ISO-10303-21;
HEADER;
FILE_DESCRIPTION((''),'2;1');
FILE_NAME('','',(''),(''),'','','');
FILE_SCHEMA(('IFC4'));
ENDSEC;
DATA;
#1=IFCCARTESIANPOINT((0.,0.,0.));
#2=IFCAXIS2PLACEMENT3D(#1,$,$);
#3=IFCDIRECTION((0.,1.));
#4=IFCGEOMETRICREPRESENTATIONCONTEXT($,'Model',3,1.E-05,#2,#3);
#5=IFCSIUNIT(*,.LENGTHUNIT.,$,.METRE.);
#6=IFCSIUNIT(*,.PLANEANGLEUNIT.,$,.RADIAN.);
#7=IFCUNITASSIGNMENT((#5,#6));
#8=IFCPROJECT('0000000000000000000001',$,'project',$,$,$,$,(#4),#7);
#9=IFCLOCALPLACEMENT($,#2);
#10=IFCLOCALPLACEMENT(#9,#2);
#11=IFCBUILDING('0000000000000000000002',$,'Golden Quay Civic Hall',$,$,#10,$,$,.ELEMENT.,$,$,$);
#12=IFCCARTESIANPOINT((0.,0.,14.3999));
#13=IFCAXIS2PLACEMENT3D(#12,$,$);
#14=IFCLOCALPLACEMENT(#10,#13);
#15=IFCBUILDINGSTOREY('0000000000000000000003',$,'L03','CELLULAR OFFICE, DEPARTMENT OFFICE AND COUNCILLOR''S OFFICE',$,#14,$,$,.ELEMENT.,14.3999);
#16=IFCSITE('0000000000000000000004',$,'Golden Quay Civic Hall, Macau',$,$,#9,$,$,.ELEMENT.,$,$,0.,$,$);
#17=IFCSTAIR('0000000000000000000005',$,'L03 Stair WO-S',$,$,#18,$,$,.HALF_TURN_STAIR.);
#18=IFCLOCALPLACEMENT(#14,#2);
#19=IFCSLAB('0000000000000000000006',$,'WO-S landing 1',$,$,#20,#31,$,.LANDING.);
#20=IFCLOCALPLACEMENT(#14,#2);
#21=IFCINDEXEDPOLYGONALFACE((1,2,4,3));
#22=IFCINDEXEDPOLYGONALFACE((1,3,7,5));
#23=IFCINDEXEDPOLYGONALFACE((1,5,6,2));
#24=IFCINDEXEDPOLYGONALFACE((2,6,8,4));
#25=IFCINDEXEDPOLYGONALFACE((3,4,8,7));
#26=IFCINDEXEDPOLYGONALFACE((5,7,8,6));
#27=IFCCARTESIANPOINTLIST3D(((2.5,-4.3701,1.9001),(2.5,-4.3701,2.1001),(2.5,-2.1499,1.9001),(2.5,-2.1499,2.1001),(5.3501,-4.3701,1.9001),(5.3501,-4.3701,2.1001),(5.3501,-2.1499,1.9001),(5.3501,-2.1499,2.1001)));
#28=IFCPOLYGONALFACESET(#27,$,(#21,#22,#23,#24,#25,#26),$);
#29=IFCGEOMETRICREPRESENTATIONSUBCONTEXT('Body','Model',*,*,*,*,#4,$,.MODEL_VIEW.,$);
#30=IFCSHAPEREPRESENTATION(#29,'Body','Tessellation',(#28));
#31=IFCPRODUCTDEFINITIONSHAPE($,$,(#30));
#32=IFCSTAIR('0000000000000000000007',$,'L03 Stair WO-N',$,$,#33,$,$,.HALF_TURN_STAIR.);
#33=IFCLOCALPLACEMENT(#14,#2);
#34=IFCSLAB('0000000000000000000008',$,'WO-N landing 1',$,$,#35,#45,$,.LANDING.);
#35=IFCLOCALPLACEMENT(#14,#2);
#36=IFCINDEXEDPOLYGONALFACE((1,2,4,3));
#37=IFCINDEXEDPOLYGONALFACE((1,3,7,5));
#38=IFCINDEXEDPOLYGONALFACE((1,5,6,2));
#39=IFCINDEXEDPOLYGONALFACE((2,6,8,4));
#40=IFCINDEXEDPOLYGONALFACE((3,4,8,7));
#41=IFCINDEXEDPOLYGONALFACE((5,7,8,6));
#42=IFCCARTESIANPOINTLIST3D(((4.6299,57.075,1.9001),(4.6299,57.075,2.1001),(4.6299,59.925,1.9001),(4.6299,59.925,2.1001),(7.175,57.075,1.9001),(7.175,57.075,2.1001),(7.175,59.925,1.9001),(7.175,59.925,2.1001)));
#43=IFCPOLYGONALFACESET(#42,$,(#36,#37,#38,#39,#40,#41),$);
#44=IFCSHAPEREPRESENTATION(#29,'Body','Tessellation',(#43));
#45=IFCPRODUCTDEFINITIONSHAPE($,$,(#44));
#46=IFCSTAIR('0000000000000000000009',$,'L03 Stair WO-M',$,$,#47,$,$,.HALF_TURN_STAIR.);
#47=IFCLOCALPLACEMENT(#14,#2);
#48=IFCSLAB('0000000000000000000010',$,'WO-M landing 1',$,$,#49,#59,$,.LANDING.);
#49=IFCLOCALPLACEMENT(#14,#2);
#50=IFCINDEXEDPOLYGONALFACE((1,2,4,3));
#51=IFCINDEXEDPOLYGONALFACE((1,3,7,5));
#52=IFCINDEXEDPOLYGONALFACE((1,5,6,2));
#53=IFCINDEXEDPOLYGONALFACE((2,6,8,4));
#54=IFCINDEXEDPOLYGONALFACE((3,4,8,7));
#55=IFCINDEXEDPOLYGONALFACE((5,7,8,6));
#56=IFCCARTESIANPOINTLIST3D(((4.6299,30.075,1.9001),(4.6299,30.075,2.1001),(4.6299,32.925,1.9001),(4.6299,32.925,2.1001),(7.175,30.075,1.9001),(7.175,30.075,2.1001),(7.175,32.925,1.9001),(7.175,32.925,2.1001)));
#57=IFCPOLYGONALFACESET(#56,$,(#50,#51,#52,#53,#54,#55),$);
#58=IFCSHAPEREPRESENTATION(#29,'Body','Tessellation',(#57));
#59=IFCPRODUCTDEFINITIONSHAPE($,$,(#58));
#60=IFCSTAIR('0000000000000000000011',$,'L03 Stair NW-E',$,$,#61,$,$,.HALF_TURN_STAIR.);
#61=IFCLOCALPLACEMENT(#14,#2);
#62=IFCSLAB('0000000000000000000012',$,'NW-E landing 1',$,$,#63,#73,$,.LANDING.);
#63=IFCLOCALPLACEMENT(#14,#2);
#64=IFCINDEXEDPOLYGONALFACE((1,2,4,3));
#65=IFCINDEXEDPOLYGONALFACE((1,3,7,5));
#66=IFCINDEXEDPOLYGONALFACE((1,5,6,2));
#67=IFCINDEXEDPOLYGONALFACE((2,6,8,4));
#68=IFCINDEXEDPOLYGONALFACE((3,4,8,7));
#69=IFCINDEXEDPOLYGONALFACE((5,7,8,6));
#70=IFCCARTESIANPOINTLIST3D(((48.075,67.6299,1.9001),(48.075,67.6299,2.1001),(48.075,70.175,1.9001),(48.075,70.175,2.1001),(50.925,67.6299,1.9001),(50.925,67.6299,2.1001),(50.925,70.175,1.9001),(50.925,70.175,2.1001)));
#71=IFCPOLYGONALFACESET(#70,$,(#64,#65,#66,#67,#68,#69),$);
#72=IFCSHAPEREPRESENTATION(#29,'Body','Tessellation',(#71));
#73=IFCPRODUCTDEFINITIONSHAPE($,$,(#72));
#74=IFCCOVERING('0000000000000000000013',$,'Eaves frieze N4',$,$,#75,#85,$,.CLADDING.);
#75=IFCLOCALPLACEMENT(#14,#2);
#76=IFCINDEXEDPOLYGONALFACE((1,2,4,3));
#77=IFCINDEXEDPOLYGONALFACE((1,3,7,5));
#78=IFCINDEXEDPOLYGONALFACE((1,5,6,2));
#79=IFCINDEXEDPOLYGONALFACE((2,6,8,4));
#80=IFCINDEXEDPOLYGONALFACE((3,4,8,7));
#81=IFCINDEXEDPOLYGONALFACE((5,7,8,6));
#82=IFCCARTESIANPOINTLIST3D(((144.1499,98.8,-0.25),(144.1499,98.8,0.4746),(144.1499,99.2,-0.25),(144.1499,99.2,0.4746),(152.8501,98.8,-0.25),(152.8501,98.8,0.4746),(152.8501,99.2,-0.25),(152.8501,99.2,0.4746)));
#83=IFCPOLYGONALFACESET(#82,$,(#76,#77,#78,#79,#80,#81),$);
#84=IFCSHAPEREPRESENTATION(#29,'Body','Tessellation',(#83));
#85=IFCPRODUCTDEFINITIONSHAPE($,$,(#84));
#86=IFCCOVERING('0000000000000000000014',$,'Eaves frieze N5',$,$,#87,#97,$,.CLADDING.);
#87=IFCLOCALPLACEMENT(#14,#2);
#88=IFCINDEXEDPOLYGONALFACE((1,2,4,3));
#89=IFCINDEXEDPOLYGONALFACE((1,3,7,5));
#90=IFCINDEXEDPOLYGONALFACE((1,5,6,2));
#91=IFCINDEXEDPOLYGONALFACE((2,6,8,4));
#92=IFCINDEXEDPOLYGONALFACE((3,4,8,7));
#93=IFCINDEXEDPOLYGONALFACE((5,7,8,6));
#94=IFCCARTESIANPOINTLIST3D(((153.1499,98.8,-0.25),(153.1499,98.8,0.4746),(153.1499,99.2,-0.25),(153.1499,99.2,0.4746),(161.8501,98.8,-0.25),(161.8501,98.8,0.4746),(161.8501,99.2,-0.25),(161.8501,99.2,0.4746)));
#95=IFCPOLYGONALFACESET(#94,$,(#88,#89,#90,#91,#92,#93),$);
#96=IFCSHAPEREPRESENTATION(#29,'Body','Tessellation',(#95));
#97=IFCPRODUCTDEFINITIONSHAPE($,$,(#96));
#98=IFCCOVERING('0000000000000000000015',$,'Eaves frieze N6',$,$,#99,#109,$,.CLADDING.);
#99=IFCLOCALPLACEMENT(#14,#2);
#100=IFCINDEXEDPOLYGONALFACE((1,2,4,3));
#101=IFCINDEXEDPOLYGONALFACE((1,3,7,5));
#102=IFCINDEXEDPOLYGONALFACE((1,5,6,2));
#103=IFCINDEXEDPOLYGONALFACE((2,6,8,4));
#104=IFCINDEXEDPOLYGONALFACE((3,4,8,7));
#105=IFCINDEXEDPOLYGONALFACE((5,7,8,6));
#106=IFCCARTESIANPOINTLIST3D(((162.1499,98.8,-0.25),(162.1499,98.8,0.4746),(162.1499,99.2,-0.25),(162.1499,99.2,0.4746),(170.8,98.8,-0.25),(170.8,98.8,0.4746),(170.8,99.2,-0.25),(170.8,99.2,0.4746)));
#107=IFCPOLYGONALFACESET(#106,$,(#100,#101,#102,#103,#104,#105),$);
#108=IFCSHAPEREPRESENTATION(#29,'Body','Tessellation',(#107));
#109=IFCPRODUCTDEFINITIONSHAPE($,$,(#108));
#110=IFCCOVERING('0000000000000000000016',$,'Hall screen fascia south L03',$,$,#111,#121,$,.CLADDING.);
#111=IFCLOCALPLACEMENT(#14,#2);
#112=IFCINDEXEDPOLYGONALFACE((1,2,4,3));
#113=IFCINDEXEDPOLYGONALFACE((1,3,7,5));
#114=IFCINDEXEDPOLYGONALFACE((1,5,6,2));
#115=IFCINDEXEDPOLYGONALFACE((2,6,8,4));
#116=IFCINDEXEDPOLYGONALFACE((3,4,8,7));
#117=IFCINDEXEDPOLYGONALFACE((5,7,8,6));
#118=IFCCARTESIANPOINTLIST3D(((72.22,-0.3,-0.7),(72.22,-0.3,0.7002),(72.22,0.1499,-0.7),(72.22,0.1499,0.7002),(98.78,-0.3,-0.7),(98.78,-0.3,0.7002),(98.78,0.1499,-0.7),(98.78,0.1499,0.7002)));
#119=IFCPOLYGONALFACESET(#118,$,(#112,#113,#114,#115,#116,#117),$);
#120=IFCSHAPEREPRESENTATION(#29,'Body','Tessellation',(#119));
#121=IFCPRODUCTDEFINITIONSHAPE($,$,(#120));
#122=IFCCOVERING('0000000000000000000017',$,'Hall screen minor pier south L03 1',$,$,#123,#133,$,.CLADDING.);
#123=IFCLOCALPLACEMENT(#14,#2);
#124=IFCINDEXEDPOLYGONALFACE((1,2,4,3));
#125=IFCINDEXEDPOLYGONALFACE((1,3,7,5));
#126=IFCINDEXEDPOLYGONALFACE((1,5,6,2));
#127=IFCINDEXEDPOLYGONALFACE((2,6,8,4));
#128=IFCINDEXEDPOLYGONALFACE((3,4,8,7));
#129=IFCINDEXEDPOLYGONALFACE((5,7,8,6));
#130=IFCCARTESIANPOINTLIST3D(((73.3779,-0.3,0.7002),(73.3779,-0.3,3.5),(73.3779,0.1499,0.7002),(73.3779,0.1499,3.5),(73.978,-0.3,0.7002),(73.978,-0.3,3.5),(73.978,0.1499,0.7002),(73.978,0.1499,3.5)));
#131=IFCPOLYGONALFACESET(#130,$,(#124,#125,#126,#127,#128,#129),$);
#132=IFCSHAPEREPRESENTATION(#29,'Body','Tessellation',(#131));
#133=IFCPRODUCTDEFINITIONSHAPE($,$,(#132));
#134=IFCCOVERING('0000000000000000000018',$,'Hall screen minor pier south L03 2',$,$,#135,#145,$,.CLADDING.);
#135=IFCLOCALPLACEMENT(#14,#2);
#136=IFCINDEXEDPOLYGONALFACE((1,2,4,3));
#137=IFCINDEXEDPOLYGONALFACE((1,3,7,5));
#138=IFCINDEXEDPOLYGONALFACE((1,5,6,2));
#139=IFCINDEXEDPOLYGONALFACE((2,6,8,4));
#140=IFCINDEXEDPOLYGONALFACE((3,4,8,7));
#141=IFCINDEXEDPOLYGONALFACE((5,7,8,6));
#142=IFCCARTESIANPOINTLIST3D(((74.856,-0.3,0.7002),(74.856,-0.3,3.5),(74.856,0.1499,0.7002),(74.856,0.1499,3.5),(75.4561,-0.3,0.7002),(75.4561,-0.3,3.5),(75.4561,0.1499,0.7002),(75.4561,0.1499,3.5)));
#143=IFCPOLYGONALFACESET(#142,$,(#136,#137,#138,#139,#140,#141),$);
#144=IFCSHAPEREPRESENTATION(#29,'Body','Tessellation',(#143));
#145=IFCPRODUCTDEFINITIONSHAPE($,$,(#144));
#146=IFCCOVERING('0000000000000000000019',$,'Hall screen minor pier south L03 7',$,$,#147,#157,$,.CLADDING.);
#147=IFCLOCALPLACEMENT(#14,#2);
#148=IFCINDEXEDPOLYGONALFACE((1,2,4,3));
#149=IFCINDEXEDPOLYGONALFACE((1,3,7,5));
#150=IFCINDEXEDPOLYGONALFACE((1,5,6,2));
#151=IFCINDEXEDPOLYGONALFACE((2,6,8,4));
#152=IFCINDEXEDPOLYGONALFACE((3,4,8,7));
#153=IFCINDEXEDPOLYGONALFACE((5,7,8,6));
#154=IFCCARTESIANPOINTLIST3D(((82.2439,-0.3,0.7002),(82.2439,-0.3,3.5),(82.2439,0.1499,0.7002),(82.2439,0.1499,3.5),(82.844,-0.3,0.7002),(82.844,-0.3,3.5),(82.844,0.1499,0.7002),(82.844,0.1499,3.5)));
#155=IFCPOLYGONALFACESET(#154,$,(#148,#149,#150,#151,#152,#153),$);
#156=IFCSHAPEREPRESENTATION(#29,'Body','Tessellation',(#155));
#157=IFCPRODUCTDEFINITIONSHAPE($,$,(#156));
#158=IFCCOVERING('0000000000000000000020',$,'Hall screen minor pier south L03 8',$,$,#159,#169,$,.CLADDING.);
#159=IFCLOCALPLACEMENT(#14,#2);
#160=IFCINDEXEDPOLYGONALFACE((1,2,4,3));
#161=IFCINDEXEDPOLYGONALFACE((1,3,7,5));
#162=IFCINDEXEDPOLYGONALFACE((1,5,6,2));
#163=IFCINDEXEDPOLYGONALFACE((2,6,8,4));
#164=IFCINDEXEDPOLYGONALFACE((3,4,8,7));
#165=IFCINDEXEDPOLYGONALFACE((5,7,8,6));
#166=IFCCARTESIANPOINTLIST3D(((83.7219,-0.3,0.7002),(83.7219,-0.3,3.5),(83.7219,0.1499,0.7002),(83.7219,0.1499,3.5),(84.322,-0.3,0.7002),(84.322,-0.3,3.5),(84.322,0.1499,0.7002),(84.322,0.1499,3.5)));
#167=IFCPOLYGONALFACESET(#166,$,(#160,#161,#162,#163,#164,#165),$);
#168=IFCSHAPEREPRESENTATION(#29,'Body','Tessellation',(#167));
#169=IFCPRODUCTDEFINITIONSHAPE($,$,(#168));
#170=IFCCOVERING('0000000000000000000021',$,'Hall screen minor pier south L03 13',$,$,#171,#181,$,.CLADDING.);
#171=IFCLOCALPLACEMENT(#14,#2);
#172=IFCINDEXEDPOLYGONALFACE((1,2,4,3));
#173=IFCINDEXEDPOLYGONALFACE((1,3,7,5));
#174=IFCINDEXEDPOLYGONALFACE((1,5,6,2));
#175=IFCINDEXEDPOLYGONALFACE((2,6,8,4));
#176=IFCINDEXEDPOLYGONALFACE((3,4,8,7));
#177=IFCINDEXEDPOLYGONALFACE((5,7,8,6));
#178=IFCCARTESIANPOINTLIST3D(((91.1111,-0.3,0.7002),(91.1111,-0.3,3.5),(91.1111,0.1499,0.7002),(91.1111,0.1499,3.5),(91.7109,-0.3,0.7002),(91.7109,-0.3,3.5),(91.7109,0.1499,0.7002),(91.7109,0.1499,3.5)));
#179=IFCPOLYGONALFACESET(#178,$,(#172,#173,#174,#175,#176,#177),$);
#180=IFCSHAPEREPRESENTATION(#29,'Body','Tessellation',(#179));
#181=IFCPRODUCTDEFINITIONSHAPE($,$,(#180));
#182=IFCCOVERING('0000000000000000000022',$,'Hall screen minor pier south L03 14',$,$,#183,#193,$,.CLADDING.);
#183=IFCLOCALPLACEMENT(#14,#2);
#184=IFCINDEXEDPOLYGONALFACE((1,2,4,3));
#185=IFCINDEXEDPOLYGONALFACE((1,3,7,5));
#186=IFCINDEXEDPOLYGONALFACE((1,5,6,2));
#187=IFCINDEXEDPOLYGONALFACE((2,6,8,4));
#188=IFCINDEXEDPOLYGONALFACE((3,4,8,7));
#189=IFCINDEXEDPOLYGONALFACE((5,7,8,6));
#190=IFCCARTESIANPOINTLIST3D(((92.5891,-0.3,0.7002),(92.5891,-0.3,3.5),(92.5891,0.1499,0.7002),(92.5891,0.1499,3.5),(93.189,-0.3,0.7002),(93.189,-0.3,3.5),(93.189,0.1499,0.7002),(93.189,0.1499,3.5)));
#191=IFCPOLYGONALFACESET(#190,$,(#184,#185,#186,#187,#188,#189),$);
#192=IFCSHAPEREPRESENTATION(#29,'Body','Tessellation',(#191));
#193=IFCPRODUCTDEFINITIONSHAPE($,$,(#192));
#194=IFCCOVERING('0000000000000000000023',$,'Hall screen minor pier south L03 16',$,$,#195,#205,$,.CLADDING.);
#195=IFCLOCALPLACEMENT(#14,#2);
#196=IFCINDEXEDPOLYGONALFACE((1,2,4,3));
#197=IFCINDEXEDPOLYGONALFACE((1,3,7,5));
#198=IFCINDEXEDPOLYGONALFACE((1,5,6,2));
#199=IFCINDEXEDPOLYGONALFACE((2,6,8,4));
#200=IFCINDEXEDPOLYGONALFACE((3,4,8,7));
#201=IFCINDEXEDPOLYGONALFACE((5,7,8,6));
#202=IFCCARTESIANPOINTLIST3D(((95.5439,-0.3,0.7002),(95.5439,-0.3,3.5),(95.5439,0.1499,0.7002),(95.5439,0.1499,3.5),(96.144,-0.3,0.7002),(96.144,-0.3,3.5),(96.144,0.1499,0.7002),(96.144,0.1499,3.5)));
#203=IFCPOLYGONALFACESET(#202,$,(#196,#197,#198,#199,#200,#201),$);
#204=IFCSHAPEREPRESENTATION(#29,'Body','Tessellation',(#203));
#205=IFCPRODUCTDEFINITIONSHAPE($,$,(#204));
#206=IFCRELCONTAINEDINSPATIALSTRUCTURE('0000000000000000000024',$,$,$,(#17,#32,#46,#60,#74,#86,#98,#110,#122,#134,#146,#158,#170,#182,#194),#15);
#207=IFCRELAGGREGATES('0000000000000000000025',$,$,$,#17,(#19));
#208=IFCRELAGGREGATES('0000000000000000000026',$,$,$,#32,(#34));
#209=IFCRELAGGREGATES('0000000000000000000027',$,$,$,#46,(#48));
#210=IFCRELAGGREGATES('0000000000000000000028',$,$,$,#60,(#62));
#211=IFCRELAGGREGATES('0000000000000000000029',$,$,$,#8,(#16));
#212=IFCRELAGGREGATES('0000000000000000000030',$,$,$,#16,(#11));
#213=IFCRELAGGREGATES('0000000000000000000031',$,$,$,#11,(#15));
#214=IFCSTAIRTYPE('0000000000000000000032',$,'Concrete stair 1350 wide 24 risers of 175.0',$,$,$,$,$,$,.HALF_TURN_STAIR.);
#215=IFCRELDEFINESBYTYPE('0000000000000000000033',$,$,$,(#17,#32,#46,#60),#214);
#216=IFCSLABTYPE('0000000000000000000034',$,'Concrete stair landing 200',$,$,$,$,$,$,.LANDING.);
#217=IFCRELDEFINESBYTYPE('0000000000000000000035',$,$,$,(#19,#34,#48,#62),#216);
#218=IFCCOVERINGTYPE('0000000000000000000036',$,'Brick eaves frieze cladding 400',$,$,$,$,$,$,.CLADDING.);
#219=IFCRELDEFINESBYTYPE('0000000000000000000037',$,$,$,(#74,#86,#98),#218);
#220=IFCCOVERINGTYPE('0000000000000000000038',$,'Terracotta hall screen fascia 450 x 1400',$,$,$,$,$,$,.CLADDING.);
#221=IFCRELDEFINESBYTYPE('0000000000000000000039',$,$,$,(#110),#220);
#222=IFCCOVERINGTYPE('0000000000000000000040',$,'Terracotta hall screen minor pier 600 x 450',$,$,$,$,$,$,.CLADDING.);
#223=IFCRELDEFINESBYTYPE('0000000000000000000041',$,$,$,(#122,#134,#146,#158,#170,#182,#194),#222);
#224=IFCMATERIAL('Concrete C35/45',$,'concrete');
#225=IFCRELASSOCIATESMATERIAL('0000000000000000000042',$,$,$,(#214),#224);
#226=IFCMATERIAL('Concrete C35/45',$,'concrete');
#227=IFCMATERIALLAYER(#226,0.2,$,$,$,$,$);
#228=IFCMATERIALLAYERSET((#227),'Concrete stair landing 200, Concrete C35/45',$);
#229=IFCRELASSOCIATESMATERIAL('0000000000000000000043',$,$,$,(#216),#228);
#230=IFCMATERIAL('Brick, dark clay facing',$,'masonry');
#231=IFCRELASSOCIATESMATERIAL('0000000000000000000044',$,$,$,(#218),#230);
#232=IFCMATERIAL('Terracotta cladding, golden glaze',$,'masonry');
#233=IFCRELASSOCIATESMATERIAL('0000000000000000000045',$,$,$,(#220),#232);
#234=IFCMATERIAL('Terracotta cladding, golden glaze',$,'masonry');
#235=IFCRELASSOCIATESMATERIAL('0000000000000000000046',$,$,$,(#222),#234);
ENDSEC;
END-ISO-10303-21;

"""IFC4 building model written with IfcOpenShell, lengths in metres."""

from ifc_helpers import new_model, si_unit, direction, frame, origin, place, context, subcontext, project, spatial, polyline, outline, extrude, material, layer, layer_set, type_object, element, aggregate, save


model = new_model("IFC4")

# Units and contexts
model_context = context("Model", 3, precision=1e-05, world=origin(), true_north=direction((0.0, 1.0)))
body_context = subcontext(model_context, "Body", "Model", "MODEL_VIEW")
ifc_project = project(units=[si_unit("LENGTHUNIT", "METRE"), si_unit("PLANEANGLEUNIT", "RADIAN")], contexts=[model_context])

# Site, building, storey
site_placement = place(None, origin())
site = spatial("IfcSite", under=ifc_project, at=site_placement, Name="Golden Quay Civic Hall, Macau", CompositionType="ELEMENT", RefElevation=0.0)
building_placement = place(site_placement, origin())
building = spatial("IfcBuilding", under=site, at=building_placement, Name="Golden Quay Civic Hall", CompositionType="ELEMENT")
storey_placement = place(building_placement, frame((0.0, 0.0, 14.3999)))
storey = spatial("IfcBuildingStorey", under=building, at=storey_placement, Name="L03", Description="CELLULAR OFFICE, DEPARTMENT OFFICE AND COUNCILLOR'S OFFICE", CompositionType="ELEMENT", Elevation=14.3999)

# Stairs, slabs
ifc_material_1 = material(Name="Concrete C35/45", Category="concrete")
stair_type = type_object("IfcStairType", Name="Concrete stair 1350 wide 24 risers of 175.0", PredefinedType="HALF_TURN_STAIR", material=ifc_material_1)
stair_1_placement = place(storey_placement, origin())
stair_1 = element("IfcStair", 1, at=stair_1_placement, inside=storey, type_object=stair_type, Name="L03 Stair WO-S", PredefinedType="HALF_TURN_STAIR")
ifc_material_2 = material(Name="Concrete C35/45", Category="concrete")
ifc_layer = layer(ifc_material_2, 0.2)
ifc_layer_set = layer_set([ifc_layer], Name="Concrete stair landing 200, Concrete C35/45")
slab_type = type_object("IfcSlabType", Name="Concrete stair landing 200", PredefinedType="LANDING", material=ifc_layer_set)
slab_1_placement = place(storey_placement, frame((0.0, 0.0, 1.9001)))
slab_1 = element("IfcSlab", 2, at=slab_1_placement, type_object=slab_type, Name="WO-S landing 1", PredefinedType="LANDING", context=body_context, shape_type="SweptSolid", body=[
    extrude(outline(polyline([(5.3501, -4.3701), (5.3501, -2.1499), (2.5, -2.1499), (2.5, -4.3701), (5.3501, -4.3701)])), origin(), (0.0, 0.0, 1.0), 0.2),
])
aggregate(stair_1, [slab_1])
stair_2_placement = place(storey_placement, origin())
stair_2 = element("IfcStair", 3, at=stair_2_placement, inside=storey, type_object=stair_type, Name="L03 Stair WO-N", PredefinedType="HALF_TURN_STAIR")
slab_2_placement = place(storey_placement, frame((0.0, 0.0, 1.9001)))
slab_2 = element("IfcSlab", 4, at=slab_2_placement, type_object=slab_type, Name="WO-N landing 1", PredefinedType="LANDING", context=body_context, shape_type="SweptSolid", body=[
    extrude(outline(polyline([(4.6299, 57.075), (7.175, 57.075), (7.175, 59.925), (4.6299, 59.925), (4.6299, 57.075)])), origin(), (0.0, 0.0, 1.0), 0.2),
])
aggregate(stair_2, [slab_2])
stair_3_placement = place(storey_placement, origin())
stair_3 = element("IfcStair", 5, at=stair_3_placement, inside=storey, type_object=stair_type, Name="L03 Stair WO-M", PredefinedType="HALF_TURN_STAIR")
slab_3_placement = place(storey_placement, frame((0.0, 0.0, 1.9001)))
slab_3 = element("IfcSlab", 6, at=slab_3_placement, type_object=slab_type, Name="WO-M landing 1", PredefinedType="LANDING", context=body_context, shape_type="SweptSolid", body=[
    extrude(outline(polyline([(4.6299, 30.075), (7.175, 30.075), (7.175, 32.925), (4.6299, 32.925), (4.6299, 30.075)])), origin(), (0.0, 0.0, 1.0), 0.2),
])
aggregate(stair_3, [slab_3])
stair_4_placement = place(storey_placement, origin())
stair_4 = element("IfcStair", 7, at=stair_4_placement, inside=storey, type_object=stair_type, Name="L03 Stair NW-E", PredefinedType="HALF_TURN_STAIR")
slab_4_placement = place(storey_placement, frame((0.0, 0.0, 1.9001)))
slab_4 = element("IfcSlab", 8, at=slab_4_placement, type_object=slab_type, Name="NW-E landing 1", PredefinedType="LANDING", context=body_context, shape_type="SweptSolid", body=[
    extrude(outline(polyline([(50.925, 67.6299), (50.925, 70.175), (48.075, 70.175), (48.075, 67.6299), (50.925, 67.6299)])), origin(), (0.0, 0.0, 1.0), 0.2),
])
aggregate(stair_4, [slab_4])

# Coverings
ifc_material_3 = material(Name="Brick, dark clay facing", Category="masonry")
covering_type_1 = type_object("IfcCoveringType", Name="Brick eaves frieze cladding 400", PredefinedType="CLADDING", material=ifc_material_3)
covering_1_placement = place(storey_placement, frame((0.0, 0.0, -0.25)))
element("IfcCovering", 9, at=covering_1_placement, inside=storey, type_object=covering_type_1, Name="Eaves frieze N4", PredefinedType="CLADDING", context=body_context, shape_type="SweptSolid", body=[
    extrude(outline(polyline([(144.1499, 98.8), (152.8501, 98.8), (152.8501, 99.2), (144.1499, 99.2), (144.1499, 98.8)])), origin(), (0.0, 0.0, 1.0), 0.7246),
])
covering_2_placement = place(storey_placement, frame((0.0, 0.0, -0.25)))
element("IfcCovering", 10, at=covering_2_placement, inside=storey, type_object=covering_type_1, Name="Eaves frieze N5", PredefinedType="CLADDING", context=body_context, shape_type="SweptSolid", body=[
    extrude(outline(polyline([(153.1499, 98.8), (161.8501, 98.8), (161.8501, 99.2), (153.1499, 99.2), (153.1499, 98.8)])), origin(), (0.0, 0.0, 1.0), 0.7246),
])
covering_3_placement = place(storey_placement, frame((0.0, 0.0, -0.25)))
element("IfcCovering", 11, at=covering_3_placement, inside=storey, type_object=covering_type_1, Name="Eaves frieze N6", PredefinedType="CLADDING", context=body_context, shape_type="SweptSolid", body=[
    extrude(outline(polyline([(162.1499, 98.8), (170.8, 98.8), (170.8, 99.2), (162.1499, 99.2), (162.1499, 98.8)])), origin(), (0.0, 0.0, 1.0), 0.7246),
])
ifc_material_4 = material(Name="Terracotta cladding, golden glaze", Category="masonry")
covering_type_2 = type_object("IfcCoveringType", Name="Terracotta hall screen fascia 450 x 1400", PredefinedType="CLADDING", material=ifc_material_4)
covering_4_placement = place(storey_placement, frame((0.0, 0.0, -0.7)))
element("IfcCovering", 12, at=covering_4_placement, inside=storey, type_object=covering_type_2, Name="Hall screen fascia south L03", PredefinedType="CLADDING", context=body_context, shape_type="SweptSolid", body=[
    extrude(outline(polyline([(72.22, -0.3), (98.78, -0.3), (98.78, 0.1499), (72.22, 0.1499), (72.22, -0.3)])), origin(), (0.0, 0.0, 1.0), 1.4001),
])
ifc_material_5 = material(Name="Terracotta cladding, golden glaze", Category="masonry")
covering_type_3 = type_object("IfcCoveringType", Name="Terracotta hall screen minor pier 600 x 450", PredefinedType="CLADDING", material=ifc_material_5)
covering_5_placement = place(storey_placement, frame((0.0, 0.0, 0.7002)))
element("IfcCovering", 13, at=covering_5_placement, inside=storey, type_object=covering_type_3, Name="Hall screen minor pier south L03 1", PredefinedType="CLADDING", context=body_context, shape_type="SweptSolid", body=[
    extrude(outline(polyline([(73.3779, -0.3), (73.978, -0.3), (73.978, 0.1499), (73.3779, 0.1499), (73.3779, -0.3)])), origin(), (0.0, 0.0, 1.0), 2.7998),
])
covering_6_placement = place(storey_placement, frame((0.0, 0.0, 0.7002)))
element("IfcCovering", 14, at=covering_6_placement, inside=storey, type_object=covering_type_3, Name="Hall screen minor pier south L03 2", PredefinedType="CLADDING", context=body_context, shape_type="SweptSolid", body=[
    extrude(outline(polyline([(74.856, -0.3), (75.4561, -0.3), (75.4561, 0.1499), (74.856, 0.1499), (74.856, -0.3)])), origin(), (0.0, 0.0, 1.0), 2.7998),
])
covering_7_placement = place(storey_placement, frame((0.0, 0.0, 0.7002)))
element("IfcCovering", 15, at=covering_7_placement, inside=storey, type_object=covering_type_3, Name="Hall screen minor pier south L03 7", PredefinedType="CLADDING", context=body_context, shape_type="SweptSolid", body=[
    extrude(outline(polyline([(82.2439, -0.3), (82.844, -0.3), (82.844, 0.1499), (82.2439, 0.1499), (82.2439, -0.3)])), origin(), (0.0, 0.0, 1.0), 2.7998),
])
covering_8_placement = place(storey_placement, frame((0.0, 0.0, 0.7002)))
element("IfcCovering", 16, at=covering_8_placement, inside=storey, type_object=covering_type_3, Name="Hall screen minor pier south L03 8", PredefinedType="CLADDING", context=body_context, shape_type="SweptSolid", body=[
    extrude(outline(polyline([(83.7219, -0.3), (84.322, -0.3), (84.322, 0.1499), (83.7219, 0.1499), (83.7219, -0.3)])), origin(), (0.0, 0.0, 1.0), 2.7998),
])
covering_9_placement = place(storey_placement, frame((0.0, 0.0, 0.7002)))
element("IfcCovering", 17, at=covering_9_placement, inside=storey, type_object=covering_type_3, Name="Hall screen minor pier south L03 13", PredefinedType="CLADDING", context=body_context, shape_type="SweptSolid", body=[
    extrude(outline(polyline([(91.1111, -0.3), (91.7109, -0.3), (91.7109, 0.1499), (91.1111, 0.1499), (91.1111, -0.3)])), origin(), (0.0, 0.0, 1.0), 2.7998),
])
covering_10_placement = place(storey_placement, frame((0.0, 0.0, 0.7002)))
element("IfcCovering", 18, at=covering_10_placement, inside=storey, type_object=covering_type_3, Name="Hall screen minor pier south L03 14", PredefinedType="CLADDING", context=body_context, shape_type="SweptSolid", body=[
    extrude(outline(polyline([(92.5891, -0.3), (93.189, -0.3), (93.189, 0.1499), (92.5891, 0.1499), (92.5891, -0.3)])), origin(), (0.0, 0.0, 1.0), 2.7998),
])
covering_11_placement = place(storey_placement, frame((0.0, 0.0, 0.7002)))
element("IfcCovering", 19, at=covering_11_placement, inside=storey, type_object=covering_type_3, Name="Hall screen minor pier south L03 16", PredefinedType="CLADDING", context=body_context, shape_type="SweptSolid", body=[
    extrude(outline(polyline([(95.5439, -0.3), (96.144, -0.3), (96.144, 0.1499), (95.5439, 0.1499), (95.5439, -0.3)])), origin(), (0.0, 0.0, 1.0), 2.7998),
])

save(model, "model.ifc")
